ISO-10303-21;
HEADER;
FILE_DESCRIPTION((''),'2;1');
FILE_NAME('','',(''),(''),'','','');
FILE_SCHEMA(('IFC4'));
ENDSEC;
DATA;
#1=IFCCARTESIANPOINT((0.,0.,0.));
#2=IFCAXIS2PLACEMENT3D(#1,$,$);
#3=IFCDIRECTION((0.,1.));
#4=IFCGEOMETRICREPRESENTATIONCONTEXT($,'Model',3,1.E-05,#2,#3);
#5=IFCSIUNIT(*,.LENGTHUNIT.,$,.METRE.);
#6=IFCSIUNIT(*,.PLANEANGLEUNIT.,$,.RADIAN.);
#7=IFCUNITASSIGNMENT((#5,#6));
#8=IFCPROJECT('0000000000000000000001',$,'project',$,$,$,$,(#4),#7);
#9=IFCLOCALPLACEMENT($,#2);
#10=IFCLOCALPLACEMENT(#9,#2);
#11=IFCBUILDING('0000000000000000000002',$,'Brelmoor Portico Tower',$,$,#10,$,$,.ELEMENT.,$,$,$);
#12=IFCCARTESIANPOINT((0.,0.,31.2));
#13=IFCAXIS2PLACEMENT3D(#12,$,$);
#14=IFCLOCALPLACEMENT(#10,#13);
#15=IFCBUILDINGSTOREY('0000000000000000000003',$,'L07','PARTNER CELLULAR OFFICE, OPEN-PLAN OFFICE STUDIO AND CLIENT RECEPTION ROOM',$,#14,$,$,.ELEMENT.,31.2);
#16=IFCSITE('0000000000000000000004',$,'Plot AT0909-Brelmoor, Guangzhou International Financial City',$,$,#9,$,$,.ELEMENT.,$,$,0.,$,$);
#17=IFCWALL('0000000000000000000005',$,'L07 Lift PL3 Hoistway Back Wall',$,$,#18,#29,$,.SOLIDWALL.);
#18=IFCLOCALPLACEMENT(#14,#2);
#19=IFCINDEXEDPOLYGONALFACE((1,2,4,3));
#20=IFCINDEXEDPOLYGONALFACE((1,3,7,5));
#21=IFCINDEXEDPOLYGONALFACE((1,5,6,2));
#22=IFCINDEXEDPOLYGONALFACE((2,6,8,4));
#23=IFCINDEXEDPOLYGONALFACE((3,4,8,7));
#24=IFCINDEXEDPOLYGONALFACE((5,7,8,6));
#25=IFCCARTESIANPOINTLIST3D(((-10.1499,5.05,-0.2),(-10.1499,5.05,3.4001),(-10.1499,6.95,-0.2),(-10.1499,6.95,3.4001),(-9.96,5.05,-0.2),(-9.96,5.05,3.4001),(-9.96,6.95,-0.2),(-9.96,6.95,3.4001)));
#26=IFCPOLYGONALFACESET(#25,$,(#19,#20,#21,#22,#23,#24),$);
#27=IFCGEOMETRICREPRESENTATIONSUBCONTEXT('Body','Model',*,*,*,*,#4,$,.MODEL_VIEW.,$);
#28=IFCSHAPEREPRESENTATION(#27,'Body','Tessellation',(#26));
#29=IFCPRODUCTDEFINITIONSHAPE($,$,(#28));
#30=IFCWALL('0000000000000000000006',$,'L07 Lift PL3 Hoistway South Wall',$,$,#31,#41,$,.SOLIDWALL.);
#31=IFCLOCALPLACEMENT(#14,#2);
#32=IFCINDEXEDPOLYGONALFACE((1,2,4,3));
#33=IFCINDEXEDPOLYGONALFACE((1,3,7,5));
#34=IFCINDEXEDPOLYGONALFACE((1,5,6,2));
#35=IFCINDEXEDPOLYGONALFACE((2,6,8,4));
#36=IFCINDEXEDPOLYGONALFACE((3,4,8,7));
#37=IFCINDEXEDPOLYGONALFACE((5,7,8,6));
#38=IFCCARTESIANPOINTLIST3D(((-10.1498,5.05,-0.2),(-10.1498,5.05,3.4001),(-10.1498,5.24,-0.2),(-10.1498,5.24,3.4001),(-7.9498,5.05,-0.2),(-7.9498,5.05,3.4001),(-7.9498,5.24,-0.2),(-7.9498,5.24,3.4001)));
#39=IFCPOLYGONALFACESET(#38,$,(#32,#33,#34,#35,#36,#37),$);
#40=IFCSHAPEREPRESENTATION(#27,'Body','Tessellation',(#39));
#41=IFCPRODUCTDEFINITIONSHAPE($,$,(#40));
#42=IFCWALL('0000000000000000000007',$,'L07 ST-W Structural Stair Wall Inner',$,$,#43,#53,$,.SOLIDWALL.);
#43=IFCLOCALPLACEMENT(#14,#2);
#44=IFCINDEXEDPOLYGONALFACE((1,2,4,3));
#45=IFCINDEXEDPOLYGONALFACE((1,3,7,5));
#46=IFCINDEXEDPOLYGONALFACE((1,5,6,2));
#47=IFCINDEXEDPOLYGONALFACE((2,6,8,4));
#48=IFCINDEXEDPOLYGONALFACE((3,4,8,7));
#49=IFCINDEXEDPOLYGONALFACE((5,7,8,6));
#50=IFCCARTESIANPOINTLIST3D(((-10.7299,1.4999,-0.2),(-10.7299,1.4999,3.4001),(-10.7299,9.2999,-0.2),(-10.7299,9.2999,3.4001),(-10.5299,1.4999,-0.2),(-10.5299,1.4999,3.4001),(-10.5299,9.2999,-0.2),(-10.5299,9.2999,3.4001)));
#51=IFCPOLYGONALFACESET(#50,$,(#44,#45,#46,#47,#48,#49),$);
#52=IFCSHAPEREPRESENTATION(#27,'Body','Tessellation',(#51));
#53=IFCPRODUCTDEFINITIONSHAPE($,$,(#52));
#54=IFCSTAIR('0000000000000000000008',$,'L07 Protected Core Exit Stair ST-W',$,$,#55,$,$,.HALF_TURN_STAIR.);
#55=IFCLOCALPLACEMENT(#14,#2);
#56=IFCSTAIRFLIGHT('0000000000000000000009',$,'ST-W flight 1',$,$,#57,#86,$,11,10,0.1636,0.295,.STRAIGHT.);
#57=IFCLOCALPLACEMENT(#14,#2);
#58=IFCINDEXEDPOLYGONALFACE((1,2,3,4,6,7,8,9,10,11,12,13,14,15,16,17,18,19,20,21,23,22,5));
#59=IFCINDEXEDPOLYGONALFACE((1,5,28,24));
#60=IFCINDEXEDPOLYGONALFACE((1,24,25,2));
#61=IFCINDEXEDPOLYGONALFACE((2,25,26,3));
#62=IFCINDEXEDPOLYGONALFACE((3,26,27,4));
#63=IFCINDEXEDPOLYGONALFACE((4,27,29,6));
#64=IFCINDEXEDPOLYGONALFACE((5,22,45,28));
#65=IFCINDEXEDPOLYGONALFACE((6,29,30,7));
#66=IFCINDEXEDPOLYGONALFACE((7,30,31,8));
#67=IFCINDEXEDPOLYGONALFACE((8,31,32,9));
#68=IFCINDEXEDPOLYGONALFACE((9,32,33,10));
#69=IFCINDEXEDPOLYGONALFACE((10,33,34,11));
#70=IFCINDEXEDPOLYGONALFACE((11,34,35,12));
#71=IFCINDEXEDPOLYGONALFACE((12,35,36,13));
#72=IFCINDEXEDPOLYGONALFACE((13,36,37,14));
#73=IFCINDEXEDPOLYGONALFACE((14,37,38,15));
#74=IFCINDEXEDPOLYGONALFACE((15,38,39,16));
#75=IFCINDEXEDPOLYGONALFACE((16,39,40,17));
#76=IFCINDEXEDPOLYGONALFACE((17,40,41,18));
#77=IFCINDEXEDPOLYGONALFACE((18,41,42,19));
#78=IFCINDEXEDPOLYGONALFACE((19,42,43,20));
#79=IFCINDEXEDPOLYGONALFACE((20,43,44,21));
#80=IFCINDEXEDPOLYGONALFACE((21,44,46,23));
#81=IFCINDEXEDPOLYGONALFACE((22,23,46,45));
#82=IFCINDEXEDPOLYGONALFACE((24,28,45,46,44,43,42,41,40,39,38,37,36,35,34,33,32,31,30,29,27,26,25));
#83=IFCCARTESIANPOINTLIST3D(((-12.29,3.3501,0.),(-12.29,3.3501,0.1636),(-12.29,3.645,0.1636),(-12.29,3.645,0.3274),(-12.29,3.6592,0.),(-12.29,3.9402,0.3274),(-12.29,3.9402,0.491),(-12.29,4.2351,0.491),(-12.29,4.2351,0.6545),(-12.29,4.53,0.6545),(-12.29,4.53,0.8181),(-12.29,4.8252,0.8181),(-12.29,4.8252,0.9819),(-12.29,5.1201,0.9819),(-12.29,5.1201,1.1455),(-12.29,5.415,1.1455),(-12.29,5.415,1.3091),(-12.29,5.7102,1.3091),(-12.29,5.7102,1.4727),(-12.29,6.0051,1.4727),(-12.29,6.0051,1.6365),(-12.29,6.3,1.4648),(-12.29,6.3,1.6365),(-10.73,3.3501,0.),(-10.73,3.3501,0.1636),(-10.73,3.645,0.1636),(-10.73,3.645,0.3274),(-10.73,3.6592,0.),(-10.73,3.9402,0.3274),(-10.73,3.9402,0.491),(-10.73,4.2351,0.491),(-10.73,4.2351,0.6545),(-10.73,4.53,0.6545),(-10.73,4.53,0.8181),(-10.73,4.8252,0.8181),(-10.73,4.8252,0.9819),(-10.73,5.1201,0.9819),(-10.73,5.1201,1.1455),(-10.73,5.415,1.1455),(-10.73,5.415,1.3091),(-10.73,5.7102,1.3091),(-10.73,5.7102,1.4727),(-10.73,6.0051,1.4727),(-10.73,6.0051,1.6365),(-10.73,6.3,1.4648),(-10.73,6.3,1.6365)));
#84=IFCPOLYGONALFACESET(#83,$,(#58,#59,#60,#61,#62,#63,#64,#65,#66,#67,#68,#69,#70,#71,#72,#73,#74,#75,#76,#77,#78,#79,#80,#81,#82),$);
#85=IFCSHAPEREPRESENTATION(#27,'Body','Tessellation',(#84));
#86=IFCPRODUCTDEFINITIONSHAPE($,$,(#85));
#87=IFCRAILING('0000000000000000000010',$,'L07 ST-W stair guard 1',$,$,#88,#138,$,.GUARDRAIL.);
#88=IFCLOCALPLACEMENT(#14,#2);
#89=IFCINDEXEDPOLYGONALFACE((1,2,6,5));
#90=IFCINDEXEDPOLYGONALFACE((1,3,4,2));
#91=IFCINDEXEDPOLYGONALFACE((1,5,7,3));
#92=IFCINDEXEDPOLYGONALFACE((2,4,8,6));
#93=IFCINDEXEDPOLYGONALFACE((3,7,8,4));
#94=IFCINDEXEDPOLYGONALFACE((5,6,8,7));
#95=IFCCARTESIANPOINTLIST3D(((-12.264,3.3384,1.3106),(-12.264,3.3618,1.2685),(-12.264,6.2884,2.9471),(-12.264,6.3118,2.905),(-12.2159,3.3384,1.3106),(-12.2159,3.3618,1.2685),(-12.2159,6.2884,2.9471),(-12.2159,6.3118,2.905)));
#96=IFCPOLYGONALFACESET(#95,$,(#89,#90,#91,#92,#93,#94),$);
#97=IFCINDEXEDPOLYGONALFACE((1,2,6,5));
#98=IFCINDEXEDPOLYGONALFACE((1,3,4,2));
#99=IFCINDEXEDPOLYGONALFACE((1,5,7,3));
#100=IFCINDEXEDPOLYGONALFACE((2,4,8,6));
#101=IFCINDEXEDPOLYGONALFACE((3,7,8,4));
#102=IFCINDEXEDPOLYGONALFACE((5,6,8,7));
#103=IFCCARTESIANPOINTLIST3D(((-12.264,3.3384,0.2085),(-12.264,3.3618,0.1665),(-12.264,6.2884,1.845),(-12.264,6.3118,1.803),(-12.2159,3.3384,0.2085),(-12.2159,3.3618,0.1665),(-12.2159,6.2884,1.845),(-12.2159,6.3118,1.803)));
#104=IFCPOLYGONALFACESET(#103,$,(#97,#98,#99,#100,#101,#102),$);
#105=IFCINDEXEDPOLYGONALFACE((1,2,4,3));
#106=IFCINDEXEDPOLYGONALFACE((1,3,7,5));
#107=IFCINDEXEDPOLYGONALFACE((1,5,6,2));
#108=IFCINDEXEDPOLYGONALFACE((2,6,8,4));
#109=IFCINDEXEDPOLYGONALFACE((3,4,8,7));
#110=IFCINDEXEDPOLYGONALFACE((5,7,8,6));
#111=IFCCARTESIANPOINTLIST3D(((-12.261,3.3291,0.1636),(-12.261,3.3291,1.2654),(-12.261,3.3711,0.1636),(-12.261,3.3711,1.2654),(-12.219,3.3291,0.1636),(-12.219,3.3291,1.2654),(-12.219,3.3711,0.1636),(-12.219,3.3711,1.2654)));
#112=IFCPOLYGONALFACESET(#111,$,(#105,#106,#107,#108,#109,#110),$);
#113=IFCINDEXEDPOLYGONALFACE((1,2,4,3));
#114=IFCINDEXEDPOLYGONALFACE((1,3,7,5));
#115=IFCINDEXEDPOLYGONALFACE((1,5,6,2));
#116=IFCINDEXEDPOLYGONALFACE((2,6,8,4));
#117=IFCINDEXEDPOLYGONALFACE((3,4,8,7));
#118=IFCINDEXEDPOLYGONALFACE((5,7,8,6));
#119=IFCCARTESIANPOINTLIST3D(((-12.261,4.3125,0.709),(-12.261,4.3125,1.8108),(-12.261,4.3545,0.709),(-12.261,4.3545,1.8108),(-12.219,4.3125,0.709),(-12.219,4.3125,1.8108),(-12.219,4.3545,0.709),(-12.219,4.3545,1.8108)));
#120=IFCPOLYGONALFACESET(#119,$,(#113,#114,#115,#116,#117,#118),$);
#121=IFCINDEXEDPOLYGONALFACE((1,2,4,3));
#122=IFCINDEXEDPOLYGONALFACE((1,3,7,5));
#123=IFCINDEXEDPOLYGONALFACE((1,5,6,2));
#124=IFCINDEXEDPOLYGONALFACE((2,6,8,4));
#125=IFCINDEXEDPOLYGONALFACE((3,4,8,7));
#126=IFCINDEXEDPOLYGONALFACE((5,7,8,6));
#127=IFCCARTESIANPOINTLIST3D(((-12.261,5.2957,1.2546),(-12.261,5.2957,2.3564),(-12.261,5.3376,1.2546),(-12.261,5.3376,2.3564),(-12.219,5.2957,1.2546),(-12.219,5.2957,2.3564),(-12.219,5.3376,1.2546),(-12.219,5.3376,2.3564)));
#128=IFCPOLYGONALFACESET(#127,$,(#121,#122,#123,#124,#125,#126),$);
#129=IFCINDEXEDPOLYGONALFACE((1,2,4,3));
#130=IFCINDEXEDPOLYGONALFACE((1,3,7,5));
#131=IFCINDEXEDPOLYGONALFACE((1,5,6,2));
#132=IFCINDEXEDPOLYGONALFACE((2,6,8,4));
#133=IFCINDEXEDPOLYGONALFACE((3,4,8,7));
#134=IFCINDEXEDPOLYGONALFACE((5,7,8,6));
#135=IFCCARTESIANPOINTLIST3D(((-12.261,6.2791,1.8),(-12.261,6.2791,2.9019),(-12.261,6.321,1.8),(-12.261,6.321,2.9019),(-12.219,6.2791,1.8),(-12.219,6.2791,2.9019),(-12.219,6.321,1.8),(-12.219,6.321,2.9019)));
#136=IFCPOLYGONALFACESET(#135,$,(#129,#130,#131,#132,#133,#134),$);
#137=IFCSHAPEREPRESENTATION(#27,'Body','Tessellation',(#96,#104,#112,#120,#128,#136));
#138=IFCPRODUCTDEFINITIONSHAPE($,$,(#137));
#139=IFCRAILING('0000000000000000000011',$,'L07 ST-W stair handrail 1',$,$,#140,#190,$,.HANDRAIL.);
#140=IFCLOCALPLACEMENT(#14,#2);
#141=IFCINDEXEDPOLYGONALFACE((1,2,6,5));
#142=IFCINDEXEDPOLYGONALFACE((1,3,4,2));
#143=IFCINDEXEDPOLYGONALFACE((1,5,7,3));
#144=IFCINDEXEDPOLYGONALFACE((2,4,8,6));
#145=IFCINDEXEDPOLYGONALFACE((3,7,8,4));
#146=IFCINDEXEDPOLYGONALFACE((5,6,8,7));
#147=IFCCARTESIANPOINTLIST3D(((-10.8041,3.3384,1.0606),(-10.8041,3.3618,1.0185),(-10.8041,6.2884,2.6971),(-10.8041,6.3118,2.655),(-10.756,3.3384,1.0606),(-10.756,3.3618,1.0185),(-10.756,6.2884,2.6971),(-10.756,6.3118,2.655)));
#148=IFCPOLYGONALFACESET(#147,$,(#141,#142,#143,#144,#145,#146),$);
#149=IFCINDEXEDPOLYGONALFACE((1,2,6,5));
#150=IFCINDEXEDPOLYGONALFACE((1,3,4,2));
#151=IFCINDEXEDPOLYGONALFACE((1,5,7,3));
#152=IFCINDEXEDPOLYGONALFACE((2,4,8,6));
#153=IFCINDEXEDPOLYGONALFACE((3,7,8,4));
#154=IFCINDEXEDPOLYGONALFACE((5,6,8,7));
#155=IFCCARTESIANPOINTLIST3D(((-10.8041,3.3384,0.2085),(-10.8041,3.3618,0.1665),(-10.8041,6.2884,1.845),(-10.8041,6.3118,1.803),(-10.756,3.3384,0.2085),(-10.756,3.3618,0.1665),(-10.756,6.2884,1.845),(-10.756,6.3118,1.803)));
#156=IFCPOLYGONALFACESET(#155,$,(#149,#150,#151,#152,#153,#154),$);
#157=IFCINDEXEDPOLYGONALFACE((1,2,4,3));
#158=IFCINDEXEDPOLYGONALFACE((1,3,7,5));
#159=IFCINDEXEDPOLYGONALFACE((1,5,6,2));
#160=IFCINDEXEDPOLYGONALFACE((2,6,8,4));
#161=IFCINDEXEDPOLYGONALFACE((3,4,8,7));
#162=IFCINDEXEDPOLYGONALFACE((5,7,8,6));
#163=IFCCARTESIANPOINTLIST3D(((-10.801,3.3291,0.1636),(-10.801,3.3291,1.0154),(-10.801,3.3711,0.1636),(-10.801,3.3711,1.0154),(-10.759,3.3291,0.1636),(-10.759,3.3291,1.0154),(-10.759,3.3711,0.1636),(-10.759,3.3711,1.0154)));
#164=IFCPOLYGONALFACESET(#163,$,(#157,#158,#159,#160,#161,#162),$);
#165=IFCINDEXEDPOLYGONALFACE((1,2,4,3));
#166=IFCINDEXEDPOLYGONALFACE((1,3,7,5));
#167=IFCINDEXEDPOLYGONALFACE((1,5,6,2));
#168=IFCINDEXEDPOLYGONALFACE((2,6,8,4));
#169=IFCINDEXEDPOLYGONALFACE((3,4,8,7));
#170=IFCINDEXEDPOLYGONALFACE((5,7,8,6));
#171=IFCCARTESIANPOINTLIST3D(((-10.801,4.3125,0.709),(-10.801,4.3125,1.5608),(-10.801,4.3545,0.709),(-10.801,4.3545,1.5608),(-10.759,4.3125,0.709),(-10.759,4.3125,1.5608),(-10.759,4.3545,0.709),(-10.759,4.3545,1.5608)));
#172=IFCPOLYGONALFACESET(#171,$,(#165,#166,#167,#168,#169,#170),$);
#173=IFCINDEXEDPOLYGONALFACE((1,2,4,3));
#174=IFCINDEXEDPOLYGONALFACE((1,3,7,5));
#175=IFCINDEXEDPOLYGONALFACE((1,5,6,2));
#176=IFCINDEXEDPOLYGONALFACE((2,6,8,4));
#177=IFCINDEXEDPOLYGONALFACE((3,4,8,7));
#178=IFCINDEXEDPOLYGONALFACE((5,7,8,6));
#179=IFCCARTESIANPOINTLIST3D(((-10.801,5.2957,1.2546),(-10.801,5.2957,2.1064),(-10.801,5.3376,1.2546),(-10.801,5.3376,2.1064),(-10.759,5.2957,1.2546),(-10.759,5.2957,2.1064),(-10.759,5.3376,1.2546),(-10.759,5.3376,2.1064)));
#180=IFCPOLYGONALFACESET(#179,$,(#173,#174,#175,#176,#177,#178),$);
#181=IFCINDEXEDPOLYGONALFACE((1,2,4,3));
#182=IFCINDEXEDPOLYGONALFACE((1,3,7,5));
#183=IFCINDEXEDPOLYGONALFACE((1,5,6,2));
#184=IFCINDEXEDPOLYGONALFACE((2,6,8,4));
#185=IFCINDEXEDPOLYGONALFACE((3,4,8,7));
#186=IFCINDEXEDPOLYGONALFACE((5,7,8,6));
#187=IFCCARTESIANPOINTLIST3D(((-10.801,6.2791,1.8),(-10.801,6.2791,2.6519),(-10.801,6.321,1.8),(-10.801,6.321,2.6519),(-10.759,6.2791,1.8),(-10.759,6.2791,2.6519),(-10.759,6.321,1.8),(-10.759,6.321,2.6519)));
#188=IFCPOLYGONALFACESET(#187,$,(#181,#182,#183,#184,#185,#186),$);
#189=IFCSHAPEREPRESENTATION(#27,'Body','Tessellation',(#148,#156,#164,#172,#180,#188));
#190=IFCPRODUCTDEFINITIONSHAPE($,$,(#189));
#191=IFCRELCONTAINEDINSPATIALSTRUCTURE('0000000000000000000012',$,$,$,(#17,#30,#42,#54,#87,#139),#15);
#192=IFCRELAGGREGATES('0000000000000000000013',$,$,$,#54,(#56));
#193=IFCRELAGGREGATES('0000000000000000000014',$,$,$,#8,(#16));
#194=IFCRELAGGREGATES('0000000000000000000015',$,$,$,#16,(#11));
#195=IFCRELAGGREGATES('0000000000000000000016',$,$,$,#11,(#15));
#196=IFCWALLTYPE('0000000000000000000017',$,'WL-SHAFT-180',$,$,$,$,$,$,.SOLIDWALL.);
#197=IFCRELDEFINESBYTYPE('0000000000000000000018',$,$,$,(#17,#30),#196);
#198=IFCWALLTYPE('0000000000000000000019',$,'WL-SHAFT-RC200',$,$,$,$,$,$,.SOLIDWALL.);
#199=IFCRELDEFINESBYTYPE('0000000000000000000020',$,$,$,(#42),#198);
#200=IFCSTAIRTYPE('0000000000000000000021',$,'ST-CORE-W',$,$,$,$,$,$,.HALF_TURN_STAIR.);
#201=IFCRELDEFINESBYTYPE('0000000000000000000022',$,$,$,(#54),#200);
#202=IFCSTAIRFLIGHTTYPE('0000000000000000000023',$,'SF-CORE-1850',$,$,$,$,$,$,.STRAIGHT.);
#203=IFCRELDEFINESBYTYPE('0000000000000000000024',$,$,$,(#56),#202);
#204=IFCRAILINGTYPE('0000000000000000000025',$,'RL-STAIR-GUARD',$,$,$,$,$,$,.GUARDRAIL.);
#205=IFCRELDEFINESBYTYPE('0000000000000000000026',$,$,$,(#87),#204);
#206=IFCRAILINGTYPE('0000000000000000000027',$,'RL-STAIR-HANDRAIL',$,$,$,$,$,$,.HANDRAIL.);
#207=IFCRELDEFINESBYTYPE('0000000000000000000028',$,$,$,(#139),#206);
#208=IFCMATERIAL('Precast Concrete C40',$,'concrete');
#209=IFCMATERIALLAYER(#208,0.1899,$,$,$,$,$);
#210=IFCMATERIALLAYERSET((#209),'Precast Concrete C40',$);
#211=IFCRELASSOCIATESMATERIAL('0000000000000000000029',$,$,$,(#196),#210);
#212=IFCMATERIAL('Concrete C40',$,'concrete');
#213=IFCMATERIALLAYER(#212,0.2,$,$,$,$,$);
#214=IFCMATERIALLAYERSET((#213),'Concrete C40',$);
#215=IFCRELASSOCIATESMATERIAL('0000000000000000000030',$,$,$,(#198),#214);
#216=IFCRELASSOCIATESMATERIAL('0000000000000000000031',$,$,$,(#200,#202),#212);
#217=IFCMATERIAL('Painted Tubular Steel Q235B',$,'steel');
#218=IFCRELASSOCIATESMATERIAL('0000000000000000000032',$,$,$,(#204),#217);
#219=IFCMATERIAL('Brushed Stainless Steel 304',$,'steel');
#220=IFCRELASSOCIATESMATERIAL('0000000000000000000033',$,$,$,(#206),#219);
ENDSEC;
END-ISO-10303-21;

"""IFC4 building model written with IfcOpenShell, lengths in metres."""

from ifc_helpers import new_model, si_unit, direction, frame, frame_2d, origin, origin_2d, place, context, subcontext, project, spatial, polyline, rectangle, outline, extrude, material, layer, layer_set, type_object, element, aggregate, save


model = new_model("IFC4")

# Units and contexts
model_context = context("Model", 3, precision=1e-05, world=origin(), true_north=direction((0.0, 1.0)))
body_context = subcontext(model_context, "Body", "Model", "MODEL_VIEW")
ifc_project = project(units=[si_unit("LENGTHUNIT", "METRE"), si_unit("PLANEANGLEUNIT", "RADIAN")], contexts=[model_context])

# Site, building, storey
site_placement = place(None, origin())
site = spatial("IfcSite", under=ifc_project, at=site_placement, Name="Plot AT0909-Brelmoor, Guangzhou International Financial City", CompositionType="ELEMENT", RefElevation=0.0)
building_placement = place(site_placement, origin())
building = spatial("IfcBuilding", under=site, at=building_placement, Name="Brelmoor Portico Tower", CompositionType="ELEMENT")
storey_placement = place(building_placement, frame((0.0, 0.0, 31.2)))
storey = spatial("IfcBuildingStorey", under=building, at=storey_placement, Name="L07", Description="PARTNER CELLULAR OFFICE, OPEN-PLAN OFFICE STUDIO AND CLIENT RECEPTION ROOM", CompositionType="ELEMENT", Elevation=31.2)

# Shared definitions
ifc_material_1 = material(Name="Concrete C40", Category="concrete")

# Shared definitions
ifc_material_2 = material(Name="Precast Concrete C40", Category="concrete")
ifc_layer_1 = layer(ifc_material_2, 0.1899)
ifc_layer_set_1 = layer_set([ifc_layer_1], Name="Precast Concrete C40")
wall_type_1 = type_object("IfcWallType", Name="WL-SHAFT-180", PredefinedType="SOLIDWALL", material=ifc_layer_set_1)

# Walls
wall_1_placement = place(storey_placement, frame((-10.0549, 5.05, -0.2), z_axis=(0.0, 0.0, 1.0), x_axis=(0.0, 1.0, 0.0)))
element("IfcWall", 1, at=wall_1_placement, inside=storey, type_object=wall_type_1, Name="L07 Lift PL3 Hoistway Back Wall", PredefinedType="SOLIDWALL", context=body_context, shape_type="SweptSolid", body=[
    extrude(rectangle(XDim=1.8999, YDim=0.1899, at=frame_2d((0.95, 0.0))), origin(), (0.0, 0.0, 1.0), 3.6001),
])
wall_2_placement = place(storey_placement, frame((-10.1499, 5.145, -0.2), z_axis=(0.0, 0.0, 1.0), x_axis=(1.0, 0.0, 0.0)))
element("IfcWall", 2, at=wall_2_placement, inside=storey, type_object=wall_type_1, Name="L07 Lift PL3 Hoistway South Wall", PredefinedType="SOLIDWALL", context=body_context, shape_type="SweptSolid", body=[
    extrude(rectangle(XDim=2.2, YDim=0.1899, at=frame_2d((1.1001, 0.0))), origin(), (0.0, 0.0, 1.0), 3.6001),
])
ifc_layer_2 = layer(ifc_material_1, 0.2)
ifc_layer_set_2 = layer_set([ifc_layer_2], Name="Concrete C40")
wall_type_2 = type_object("IfcWallType", Name="WL-SHAFT-RC200", PredefinedType="SOLIDWALL", material=ifc_layer_set_2)
wall_3_placement = place(storey_placement, frame((-10.6299, 1.5, -0.2), z_axis=(0.0, 0.0, 1.0), x_axis=(0.0, 1.0, 0.0)))
element("IfcWall", 3, at=wall_3_placement, inside=storey, type_object=wall_type_2, Name="L07 ST-W Structural Stair Wall Inner", PredefinedType="SOLIDWALL", context=body_context, shape_type="SweptSolid", body=[
    extrude(rectangle(XDim=7.8, YDim=0.2, at=frame_2d((3.8999, 0.0))), origin(), (0.0, 0.0, 1.0), 3.6001),
])

# Stair, stair flight
stair_type = type_object("IfcStairType", Name="ST-CORE-W", PredefinedType="HALF_TURN_STAIR", material=ifc_material_1)
stair_placement = place(storey_placement, origin())
stair = element("IfcStair", 4, at=stair_placement, inside=storey, type_object=stair_type, Name="L07 Protected Core Exit Stair ST-W", PredefinedType="HALF_TURN_STAIR")
stair_flight_type = type_object("IfcStairFlightType", Name="SF-CORE-1850", PredefinedType="STRAIGHT", material=ifc_material_1)
stair_flight_placement = place(storey_placement, frame((-11.51, 3.3501, 0.0), z_axis=(0.0, 0.0, 1.0), x_axis=(0.0, 1.0, 0.0)))
stair_flight = element("IfcStairFlight", 5, at=stair_flight_placement, type_object=stair_flight_type, Name="ST-W flight 1", NumberOfRisers=11, NumberOfTreads=10, PredefinedType="STRAIGHT", RiserHeight=0.1636, TreadLength=0.295, context=body_context, shape_type="SweptSolid", body=[
    extrude(outline(polyline([(0.0, 0.0), (0.0, 0.1636), (0.2949, 0.1636), (0.2949, 0.3274), (0.5901, 0.3274), (0.5901, 0.491), (0.885, 0.491), (0.885, 0.6545), (1.1799, 0.6545), (1.1799, 0.8181), (1.4751, 0.8181), (1.4751, 0.9819), (1.77, 0.9819), (1.77, 1.1455), (2.0649, 1.1455), (2.0649, 1.3091), (2.3601, 1.3091), (2.3601, 1.4727), (2.655, 1.4727), (2.655, 1.6365), (2.95, 1.6365), (2.95, 1.8), (2.95, 1.4648), (0.3091, 0.0), (0.0, 0.0)])), frame((0.0, 0.78, 0.0), z_axis=(0.0, -1.0, 0.0), x_axis=(1.0, 0.0, 0.0)), (0.0, 0.0, 1.0), 1.5601),
])
aggregate(stair, [stair_flight])

# Railings
ifc_material_3 = material(Name="Painted Tubular Steel Q235B", Category="steel")
railing_type_1 = type_object("IfcRailingType", Name="RL-STAIR-GUARD", PredefinedType="GUARDRAIL", material=ifc_material_3)
railing_1_placement = place(storey_placement, frame((-12.24, 3.3501, 0.1636)))
element("IfcRailing", 6, at=railing_1_placement, inside=storey, type_object=railing_type_1, Name="L07 ST-W stair guard 1", PredefinedType="GUARDRAIL", context=body_context, shape_type="SweptSolid", body=[
    extrude(rectangle(XDim=0.0481, YDim=0.0481, at=origin_2d()), frame((0.0, 0.0, 1.126), z_axis=(0.0, 0.874458, 0.485102), x_axis=(-1.0, 0.0, 0.0)), (0.0, 0.0, 1.0), 3.3735),
    extrude(rectangle(XDim=0.0481, YDim=0.0481, at=origin_2d()), frame((0.0, 0.0, 0.0239), z_axis=(0.0, 0.874458, 0.485102), x_axis=(-1.0, 0.0, 0.0)), (0.0, 0.0, 1.0), 3.3735),
    extrude(rectangle(XDim=0.042, YDim=0.042, at=origin_2d()), origin(), (0.0, 0.0, 1.0), 1.1018),
    extrude(rectangle(XDim=0.042, YDim=0.042, at=origin_2d()), frame((0.0, 0.9834, 0.5454)), (0.0, 0.0, 1.0), 1.1018),
    extrude(rectangle(XDim=0.042, YDim=0.042, at=origin_2d()), frame((0.0, 1.9666, 1.0911)), (0.0, 0.0, 1.0), 1.1018),
    extrude(rectangle(XDim=0.042, YDim=0.042, at=origin_2d()), frame((0.0, 2.95, 1.6365)), (0.0, 0.0, 1.0), 1.1018),
])
ifc_material_4 = material(Name="Brushed Stainless Steel 304", Category="steel")
railing_type_2 = type_object("IfcRailingType", Name="RL-STAIR-HANDRAIL", PredefinedType="HANDRAIL", material=ifc_material_4)
railing_2_placement = place(storey_placement, frame((-10.78, 3.3501, 0.1636)))
element("IfcRailing", 7, at=railing_2_placement, inside=storey, type_object=railing_type_2, Name="L07 ST-W stair handrail 1", PredefinedType="HANDRAIL", context=body_context, shape_type="SweptSolid", body=[
    extrude(rectangle(XDim=0.0481, YDim=0.0481, at=origin_2d()), frame((0.0, 0.0, 0.876), z_axis=(0.0, 0.874458, 0.485102), x_axis=(-1.0, 0.0, 0.0)), (0.0, 0.0, 1.0), 3.3735),
    extrude(rectangle(XDim=0.0481, YDim=0.0481, at=origin_2d()), frame((0.0, 0.0, 0.0239), z_axis=(0.0, 0.874458, 0.485102), x_axis=(-1.0, 0.0, 0.0)), (0.0, 0.0, 1.0), 3.3735),
    extrude(rectangle(XDim=0.042, YDim=0.042, at=origin_2d()), origin(), (0.0, 0.0, 1.0), 0.8518),
    extrude(rectangle(XDim=0.042, YDim=0.042, at=origin_2d()), frame((0.0, 0.9834, 0.5454)), (0.0, 0.0, 1.0), 0.8518),
    extrude(rectangle(XDim=0.042, YDim=0.042, at=origin_2d()), frame((0.0, 1.9666, 1.0911)), (0.0, 0.0, 1.0), 0.8518),
    extrude(rectangle(XDim=0.042, YDim=0.042, at=origin_2d()), frame((0.0, 2.95, 1.6365)), (0.0, 0.0, 1.0), 0.8518),
])

save(model, "model.ifc")
